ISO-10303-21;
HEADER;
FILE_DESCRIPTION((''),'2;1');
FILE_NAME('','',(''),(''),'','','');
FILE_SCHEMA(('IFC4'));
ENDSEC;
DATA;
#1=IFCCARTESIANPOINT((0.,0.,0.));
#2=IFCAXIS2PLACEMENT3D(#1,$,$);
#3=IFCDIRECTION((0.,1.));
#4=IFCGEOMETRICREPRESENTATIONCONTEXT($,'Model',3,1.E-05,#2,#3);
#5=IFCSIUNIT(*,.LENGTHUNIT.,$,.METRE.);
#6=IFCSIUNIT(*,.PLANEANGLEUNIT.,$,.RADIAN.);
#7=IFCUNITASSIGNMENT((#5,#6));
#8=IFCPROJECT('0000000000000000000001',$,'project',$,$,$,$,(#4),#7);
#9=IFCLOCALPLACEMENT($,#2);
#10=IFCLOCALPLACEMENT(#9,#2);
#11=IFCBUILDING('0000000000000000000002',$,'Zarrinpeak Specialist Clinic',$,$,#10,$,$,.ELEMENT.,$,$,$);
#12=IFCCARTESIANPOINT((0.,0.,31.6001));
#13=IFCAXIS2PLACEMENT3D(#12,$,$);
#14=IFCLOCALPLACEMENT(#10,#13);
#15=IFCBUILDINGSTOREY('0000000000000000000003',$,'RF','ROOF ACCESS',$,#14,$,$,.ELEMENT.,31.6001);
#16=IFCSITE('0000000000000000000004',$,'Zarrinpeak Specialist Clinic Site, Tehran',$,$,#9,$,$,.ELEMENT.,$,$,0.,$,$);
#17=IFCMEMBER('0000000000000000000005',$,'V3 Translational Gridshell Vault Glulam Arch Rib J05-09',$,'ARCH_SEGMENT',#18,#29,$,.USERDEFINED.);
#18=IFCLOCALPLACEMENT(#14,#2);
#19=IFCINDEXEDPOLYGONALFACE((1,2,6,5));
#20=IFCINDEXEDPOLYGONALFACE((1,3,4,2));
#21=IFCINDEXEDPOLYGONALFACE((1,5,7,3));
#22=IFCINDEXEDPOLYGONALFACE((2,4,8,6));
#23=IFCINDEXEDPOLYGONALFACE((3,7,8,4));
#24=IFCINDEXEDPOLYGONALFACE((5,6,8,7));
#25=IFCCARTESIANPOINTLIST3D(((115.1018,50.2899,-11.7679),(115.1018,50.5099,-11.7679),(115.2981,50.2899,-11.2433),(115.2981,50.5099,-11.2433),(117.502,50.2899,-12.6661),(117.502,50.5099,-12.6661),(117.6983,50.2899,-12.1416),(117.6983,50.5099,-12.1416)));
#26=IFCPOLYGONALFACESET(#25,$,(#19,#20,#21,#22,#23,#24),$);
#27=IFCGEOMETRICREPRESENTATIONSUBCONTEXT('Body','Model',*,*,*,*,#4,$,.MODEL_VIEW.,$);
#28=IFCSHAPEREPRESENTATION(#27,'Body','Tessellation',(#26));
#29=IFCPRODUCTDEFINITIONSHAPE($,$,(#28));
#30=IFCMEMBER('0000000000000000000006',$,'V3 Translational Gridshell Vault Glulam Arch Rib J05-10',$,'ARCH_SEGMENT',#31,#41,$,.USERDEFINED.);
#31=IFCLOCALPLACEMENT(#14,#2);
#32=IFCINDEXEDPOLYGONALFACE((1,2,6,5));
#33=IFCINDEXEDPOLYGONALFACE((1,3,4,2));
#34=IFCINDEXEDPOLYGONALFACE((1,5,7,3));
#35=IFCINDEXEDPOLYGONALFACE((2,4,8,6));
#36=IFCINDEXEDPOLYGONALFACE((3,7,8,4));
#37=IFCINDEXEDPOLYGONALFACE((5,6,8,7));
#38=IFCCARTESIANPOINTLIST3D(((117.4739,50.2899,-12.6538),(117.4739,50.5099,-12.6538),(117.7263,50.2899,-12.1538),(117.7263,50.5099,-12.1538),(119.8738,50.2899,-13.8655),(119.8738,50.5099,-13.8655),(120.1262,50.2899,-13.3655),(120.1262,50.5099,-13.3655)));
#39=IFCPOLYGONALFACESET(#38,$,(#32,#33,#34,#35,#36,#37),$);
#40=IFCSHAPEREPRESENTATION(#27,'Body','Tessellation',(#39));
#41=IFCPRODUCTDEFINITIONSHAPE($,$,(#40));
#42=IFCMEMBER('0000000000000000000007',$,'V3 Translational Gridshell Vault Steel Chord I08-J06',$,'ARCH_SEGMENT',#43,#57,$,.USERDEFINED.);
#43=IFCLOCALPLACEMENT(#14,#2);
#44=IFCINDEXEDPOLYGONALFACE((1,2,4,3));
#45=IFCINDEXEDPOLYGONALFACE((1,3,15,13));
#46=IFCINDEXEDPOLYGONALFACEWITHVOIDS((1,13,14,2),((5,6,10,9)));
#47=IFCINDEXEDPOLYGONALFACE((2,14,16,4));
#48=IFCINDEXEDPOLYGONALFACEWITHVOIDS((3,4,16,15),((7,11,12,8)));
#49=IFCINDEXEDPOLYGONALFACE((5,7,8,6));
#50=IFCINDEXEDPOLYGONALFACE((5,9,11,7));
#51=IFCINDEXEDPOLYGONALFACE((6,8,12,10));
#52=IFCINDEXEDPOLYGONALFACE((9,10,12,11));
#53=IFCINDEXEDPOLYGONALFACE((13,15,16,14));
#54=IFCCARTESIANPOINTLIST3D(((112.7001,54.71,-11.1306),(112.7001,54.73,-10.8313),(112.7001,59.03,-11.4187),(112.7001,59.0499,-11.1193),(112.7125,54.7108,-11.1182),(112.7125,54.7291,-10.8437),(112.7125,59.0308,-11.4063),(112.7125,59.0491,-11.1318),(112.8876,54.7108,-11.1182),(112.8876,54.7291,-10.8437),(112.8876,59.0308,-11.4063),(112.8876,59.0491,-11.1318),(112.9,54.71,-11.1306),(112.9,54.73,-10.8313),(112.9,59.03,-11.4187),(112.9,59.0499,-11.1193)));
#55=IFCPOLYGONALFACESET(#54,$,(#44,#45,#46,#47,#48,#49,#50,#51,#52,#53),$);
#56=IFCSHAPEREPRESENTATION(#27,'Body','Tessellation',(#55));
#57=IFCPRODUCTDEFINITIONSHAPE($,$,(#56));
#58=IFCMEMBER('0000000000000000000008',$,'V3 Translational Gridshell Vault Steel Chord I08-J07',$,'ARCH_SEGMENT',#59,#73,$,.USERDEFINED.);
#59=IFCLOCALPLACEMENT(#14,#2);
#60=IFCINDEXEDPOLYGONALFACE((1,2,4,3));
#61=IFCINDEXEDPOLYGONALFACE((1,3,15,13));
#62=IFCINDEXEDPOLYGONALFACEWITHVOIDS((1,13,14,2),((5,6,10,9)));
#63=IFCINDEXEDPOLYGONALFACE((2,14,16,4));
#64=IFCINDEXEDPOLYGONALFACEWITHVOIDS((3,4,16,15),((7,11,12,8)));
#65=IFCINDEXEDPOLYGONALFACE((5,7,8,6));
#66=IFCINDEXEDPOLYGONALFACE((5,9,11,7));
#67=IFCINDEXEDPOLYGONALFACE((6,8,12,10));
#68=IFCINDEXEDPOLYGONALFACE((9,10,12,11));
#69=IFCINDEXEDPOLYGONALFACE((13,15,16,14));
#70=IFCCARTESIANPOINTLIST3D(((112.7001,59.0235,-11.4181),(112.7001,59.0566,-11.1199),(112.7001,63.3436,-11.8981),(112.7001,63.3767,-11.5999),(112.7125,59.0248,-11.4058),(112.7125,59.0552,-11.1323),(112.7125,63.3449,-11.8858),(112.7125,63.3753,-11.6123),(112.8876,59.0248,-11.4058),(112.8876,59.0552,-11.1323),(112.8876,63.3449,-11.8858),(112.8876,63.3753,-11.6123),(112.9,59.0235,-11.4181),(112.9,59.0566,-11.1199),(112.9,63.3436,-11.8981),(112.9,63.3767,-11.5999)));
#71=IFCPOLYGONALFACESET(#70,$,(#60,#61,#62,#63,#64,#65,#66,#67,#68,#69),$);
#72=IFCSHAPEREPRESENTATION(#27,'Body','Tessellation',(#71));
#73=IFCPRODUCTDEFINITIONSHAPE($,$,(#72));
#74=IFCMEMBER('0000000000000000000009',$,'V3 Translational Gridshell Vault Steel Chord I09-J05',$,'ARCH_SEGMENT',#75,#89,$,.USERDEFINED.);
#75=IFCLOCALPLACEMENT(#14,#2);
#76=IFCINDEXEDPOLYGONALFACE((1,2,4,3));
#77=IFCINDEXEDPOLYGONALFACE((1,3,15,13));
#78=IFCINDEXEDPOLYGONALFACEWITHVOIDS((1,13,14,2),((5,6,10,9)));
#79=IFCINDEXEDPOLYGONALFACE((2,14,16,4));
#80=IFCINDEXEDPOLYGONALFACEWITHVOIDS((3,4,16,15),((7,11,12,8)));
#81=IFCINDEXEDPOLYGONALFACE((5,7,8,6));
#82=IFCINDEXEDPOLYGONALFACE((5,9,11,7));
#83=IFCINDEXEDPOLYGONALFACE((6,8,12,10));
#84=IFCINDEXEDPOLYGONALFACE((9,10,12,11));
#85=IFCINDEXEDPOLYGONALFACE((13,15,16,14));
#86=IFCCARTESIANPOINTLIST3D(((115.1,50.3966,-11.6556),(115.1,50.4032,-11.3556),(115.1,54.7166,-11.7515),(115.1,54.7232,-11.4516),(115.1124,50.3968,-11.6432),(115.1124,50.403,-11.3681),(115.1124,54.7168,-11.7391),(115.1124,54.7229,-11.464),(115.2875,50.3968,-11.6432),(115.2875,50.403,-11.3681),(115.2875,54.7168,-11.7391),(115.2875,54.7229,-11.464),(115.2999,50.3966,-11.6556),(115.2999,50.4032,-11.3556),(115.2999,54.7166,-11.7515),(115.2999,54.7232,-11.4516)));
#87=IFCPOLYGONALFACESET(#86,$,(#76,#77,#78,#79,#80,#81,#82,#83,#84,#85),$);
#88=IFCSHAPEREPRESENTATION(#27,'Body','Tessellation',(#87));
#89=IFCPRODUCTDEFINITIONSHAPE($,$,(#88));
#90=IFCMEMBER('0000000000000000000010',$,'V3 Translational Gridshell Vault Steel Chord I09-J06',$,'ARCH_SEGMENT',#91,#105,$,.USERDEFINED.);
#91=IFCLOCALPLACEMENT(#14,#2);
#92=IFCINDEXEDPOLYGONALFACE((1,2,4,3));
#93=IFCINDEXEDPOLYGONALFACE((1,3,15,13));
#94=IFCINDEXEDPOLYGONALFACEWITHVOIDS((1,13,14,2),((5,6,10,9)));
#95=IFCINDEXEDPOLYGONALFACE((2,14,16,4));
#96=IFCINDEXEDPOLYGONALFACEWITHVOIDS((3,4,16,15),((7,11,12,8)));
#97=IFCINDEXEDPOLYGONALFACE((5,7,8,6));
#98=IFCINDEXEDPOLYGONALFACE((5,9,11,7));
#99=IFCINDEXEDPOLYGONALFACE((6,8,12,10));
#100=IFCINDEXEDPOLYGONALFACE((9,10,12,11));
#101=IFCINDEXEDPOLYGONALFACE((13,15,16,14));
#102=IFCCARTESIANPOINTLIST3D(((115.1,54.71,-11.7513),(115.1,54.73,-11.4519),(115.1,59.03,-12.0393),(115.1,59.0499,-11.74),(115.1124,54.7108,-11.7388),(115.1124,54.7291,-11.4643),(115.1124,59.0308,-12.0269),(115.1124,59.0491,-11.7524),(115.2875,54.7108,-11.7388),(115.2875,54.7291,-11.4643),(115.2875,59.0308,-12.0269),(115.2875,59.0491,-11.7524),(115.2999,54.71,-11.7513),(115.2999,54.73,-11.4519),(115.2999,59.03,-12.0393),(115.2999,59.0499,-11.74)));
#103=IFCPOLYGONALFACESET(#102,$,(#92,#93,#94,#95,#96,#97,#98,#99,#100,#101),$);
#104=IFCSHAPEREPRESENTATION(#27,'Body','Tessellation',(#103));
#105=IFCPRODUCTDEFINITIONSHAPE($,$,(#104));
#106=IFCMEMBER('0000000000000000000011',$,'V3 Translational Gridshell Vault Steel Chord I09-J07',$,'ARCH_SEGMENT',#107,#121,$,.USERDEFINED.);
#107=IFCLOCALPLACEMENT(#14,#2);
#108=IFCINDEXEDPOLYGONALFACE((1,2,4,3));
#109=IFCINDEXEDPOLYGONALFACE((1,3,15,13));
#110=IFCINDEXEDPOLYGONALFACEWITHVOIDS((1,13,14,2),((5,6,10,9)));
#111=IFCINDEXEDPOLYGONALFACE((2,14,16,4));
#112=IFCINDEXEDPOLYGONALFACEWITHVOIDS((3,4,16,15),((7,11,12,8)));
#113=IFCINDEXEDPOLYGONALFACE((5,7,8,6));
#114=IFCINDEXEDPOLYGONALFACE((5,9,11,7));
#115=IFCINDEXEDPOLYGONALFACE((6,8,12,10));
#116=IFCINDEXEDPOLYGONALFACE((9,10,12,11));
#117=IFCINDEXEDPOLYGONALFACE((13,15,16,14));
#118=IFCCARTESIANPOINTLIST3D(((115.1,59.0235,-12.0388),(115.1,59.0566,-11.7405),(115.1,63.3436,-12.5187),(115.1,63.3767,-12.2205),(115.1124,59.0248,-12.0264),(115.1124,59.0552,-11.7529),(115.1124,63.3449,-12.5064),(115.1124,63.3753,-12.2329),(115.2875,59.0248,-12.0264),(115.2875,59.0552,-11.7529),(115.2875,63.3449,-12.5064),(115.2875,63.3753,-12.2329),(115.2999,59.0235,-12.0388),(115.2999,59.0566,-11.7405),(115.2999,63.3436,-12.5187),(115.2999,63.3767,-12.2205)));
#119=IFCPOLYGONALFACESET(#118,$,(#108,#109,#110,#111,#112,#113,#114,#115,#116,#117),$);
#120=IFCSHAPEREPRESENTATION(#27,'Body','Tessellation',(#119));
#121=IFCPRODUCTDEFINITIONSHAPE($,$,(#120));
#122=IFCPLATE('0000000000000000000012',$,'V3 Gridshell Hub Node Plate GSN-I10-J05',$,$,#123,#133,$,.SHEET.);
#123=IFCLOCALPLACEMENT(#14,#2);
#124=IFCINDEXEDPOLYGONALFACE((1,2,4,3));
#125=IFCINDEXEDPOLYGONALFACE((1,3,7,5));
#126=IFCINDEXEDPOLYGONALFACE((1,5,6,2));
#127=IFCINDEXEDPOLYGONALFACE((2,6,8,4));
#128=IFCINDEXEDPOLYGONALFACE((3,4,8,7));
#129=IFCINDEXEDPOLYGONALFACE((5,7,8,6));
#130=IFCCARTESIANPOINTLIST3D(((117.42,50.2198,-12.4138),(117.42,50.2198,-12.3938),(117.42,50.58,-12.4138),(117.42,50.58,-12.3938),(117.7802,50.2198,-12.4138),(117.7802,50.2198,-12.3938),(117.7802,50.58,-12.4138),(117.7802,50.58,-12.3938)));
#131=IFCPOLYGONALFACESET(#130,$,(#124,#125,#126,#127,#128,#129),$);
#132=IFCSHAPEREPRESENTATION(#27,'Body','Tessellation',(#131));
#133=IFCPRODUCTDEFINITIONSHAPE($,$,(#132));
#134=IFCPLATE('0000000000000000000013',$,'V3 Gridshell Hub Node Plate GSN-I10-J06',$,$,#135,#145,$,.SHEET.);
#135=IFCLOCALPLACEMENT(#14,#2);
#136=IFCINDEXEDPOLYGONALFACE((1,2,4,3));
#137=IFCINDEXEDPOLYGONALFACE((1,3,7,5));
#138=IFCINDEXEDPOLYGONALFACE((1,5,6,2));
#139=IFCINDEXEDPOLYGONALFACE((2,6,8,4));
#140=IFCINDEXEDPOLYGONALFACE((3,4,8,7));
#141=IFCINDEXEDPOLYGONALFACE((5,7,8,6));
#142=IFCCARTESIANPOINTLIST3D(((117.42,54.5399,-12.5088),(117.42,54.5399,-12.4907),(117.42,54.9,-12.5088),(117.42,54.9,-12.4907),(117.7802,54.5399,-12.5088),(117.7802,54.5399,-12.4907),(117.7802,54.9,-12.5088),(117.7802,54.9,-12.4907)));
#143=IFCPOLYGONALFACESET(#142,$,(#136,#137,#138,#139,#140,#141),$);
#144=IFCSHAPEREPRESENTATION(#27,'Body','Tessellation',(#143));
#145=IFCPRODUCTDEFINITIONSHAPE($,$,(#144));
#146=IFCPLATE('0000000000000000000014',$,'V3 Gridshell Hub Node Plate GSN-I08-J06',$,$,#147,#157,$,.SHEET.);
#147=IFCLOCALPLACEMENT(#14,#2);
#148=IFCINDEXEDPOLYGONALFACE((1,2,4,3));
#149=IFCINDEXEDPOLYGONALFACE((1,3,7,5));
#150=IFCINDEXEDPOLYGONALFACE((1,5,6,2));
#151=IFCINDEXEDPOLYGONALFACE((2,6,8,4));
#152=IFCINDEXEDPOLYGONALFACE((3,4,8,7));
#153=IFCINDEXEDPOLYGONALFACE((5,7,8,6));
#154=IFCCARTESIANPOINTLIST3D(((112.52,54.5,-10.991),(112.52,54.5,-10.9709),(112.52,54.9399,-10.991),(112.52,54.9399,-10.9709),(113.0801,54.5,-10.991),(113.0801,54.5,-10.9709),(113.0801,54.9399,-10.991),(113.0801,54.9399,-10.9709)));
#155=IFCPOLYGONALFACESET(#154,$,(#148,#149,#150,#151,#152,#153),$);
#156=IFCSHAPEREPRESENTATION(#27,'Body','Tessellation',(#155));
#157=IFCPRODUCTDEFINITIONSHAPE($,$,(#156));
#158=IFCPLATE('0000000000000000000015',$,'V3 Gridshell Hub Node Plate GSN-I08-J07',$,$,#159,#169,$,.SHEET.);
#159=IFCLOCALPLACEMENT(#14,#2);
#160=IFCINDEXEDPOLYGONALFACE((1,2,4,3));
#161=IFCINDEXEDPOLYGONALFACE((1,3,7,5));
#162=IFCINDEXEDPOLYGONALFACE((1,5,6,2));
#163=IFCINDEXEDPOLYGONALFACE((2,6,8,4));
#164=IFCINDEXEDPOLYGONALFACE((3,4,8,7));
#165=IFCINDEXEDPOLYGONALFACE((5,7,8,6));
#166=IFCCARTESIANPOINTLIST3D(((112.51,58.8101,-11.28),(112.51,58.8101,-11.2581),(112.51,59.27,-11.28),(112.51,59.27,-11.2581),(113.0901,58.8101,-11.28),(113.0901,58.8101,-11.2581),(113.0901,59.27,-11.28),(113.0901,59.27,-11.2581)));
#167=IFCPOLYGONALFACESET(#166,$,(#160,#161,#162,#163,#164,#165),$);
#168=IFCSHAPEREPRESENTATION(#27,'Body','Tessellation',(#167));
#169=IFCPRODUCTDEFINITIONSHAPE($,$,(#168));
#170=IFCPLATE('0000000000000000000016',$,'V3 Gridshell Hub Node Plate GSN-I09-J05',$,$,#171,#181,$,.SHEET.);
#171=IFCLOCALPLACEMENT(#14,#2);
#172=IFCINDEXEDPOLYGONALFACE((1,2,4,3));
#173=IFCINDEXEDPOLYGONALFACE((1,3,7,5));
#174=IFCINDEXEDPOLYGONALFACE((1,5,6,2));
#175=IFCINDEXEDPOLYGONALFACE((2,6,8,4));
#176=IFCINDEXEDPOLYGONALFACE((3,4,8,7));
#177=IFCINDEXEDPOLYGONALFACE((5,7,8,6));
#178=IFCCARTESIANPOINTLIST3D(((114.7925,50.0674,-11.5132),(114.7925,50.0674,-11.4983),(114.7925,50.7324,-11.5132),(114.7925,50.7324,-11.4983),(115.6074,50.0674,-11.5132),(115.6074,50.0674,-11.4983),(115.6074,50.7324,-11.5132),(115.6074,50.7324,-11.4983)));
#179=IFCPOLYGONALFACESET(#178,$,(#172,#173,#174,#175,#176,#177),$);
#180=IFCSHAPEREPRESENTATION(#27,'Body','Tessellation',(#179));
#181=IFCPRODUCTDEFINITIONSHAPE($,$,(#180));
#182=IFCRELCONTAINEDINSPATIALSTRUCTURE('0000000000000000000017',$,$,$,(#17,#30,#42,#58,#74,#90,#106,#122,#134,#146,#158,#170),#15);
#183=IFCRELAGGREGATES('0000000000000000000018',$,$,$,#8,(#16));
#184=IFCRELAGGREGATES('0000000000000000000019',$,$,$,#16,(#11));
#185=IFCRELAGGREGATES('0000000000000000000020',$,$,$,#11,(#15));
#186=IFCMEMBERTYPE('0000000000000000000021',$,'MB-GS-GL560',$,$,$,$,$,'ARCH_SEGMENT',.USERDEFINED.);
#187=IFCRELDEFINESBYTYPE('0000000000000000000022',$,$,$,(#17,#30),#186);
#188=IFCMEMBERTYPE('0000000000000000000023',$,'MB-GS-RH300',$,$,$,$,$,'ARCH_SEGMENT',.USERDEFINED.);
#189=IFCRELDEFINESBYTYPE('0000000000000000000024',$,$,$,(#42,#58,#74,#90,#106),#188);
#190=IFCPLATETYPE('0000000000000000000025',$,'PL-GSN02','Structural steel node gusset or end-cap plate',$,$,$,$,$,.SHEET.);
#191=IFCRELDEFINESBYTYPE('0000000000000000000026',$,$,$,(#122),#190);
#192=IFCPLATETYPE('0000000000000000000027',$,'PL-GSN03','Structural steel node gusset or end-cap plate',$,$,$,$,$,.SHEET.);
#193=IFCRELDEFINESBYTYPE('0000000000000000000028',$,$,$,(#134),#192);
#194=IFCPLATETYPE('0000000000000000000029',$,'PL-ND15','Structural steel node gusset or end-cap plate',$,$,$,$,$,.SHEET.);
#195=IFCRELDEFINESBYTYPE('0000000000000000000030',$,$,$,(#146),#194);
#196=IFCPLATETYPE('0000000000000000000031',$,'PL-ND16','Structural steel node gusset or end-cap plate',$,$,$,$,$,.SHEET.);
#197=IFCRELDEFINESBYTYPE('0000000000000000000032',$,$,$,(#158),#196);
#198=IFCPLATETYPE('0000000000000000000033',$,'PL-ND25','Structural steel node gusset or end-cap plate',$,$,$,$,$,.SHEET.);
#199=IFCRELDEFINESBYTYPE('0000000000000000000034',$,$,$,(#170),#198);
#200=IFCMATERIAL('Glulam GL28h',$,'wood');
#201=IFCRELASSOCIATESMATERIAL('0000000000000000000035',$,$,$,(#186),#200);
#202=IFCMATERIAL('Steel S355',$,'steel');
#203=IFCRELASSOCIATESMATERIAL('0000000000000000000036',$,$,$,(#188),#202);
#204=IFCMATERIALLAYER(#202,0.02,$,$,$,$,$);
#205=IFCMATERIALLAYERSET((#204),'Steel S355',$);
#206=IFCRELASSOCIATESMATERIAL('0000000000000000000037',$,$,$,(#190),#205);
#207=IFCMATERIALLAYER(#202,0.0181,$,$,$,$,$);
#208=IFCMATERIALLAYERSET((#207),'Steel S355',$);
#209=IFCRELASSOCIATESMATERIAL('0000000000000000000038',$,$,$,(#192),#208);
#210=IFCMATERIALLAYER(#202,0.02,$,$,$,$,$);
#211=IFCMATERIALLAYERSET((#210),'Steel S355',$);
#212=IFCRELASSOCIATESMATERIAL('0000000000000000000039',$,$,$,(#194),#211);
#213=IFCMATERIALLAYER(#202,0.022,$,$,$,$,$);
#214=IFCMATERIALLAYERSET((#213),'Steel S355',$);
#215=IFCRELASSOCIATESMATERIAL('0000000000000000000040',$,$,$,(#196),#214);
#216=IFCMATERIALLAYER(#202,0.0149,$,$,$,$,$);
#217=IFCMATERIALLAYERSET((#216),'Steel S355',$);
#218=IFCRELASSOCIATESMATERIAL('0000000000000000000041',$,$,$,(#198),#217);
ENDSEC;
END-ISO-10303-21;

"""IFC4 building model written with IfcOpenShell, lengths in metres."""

from ifc_helpers import new_model, si_unit, direction, frame, origin, origin_2d, place, context, subcontext, project, spatial, rectangle, hollow_rectangle, extrude, material, layer, layer_set, material_profile, profile_set, type_object, element, save


model = new_model("IFC4")

# Units and contexts
model_context = context("Model", 3, precision=1e-05, world=origin(), true_north=direction((0.0, 1.0)))
body_context = subcontext(model_context, "Body", "Model", "MODEL_VIEW")
ifc_project = project(units=[si_unit("LENGTHUNIT", "METRE"), si_unit("PLANEANGLEUNIT", "RADIAN")], contexts=[model_context])

# Site, building, storey
site_placement = place(None, origin())
site = spatial("IfcSite", under=ifc_project, at=site_placement, Name="Zarrinpeak Specialist Clinic Site, Tehran", CompositionType="ELEMENT", RefElevation=0.0)
building_placement = place(site_placement, origin())
building = spatial("IfcBuilding", under=site, at=building_placement, Name="Zarrinpeak Specialist Clinic", CompositionType="ELEMENT")
storey_placement = place(building_placement, frame((0.0, 0.0, 31.6001)))
storey = spatial("IfcBuildingStorey", under=building, at=storey_placement, Name="RF", Description="ROOF ACCESS", CompositionType="ELEMENT", Elevation=31.6001)

# Members
ifc_material_1 = material(Name="Steel S355", Category="steel")
ifc_material_2 = material(Name="Glulam GL28h", Category="wood")
ifc_material_profile_1 = material_profile(ifc_material_2, rectangle(XDim=0.22, YDim=0.5601, at=origin_2d()), Name="GL28h 220x560")
ifc_profile_set_1 = profile_set([ifc_material_profile_1], Name="Glulam GL28h")
member_type_1 = type_object("IfcMemberType", Name="MB-GS-GL560", ElementType="ARCH_SEGMENT", PredefinedType="USERDEFINED", material=ifc_profile_set_1)
member_1_placement = place(storey_placement, frame((115.2, 50.3999, -11.5056), z_axis=(0.936568, 0.0, -0.350487), x_axis=(0.0, 1.0, 0.0)))
element("IfcMember", 1, at=member_1_placement, inside=storey, type_object=member_type_1, Name="V3 Translational Gridshell Vault Glulam Arch Rib J05-09", ObjectType="ARCH_SEGMENT", PredefinedType="USERDEFINED", context=body_context, shape_type="SweptSolid", body=[
    extrude(rectangle(XDim=0.22, YDim=0.5601, at=origin_2d()), origin(), (0.0, 0.0, 1.0), 2.5627),
])
member_2_placement = place(storey_placement, frame((117.6001, 50.3999, -12.4038), z_axis=(0.892677, 0.0, -0.450697), x_axis=(0.0, 1.0, 0.0)))
element("IfcMember", 2, at=member_2_placement, inside=storey, type_object=member_type_1, Name="V3 Translational Gridshell Vault Glulam Arch Rib J05-10", ObjectType="ARCH_SEGMENT", PredefinedType="USERDEFINED", context=body_context, shape_type="SweptSolid", body=[
    extrude(rectangle(XDim=0.22, YDim=0.5601, at=origin_2d()), origin(), (0.0, 0.0, 1.0), 2.6885),
])
ifc_material_profile_2 = material_profile(ifc_material_1, hollow_rectangle(XDim=0.2, YDim=0.3, WallThickness=0.0125, at=origin_2d()), Name="RHS 300x200x12.5")
ifc_profile_set_2 = profile_set([ifc_material_profile_2], Name="Steel S355")
member_type_2 = type_object("IfcMemberType", Name="MB-GS-RH300", ElementType="ARCH_SEGMENT", PredefinedType="USERDEFINED", material=ifc_profile_set_2)
member_3_placement = place(storey_placement, frame((112.8, 54.72, -10.981), z_axis=(0.0, 0.997784, -0.066538), x_axis=(-1.0, 0.0, 0.0)))
element("IfcMember", 3, at=member_3_placement, inside=storey, type_object=member_type_2, Name="V3 Translational Gridshell Vault Steel Chord I08-J06", ObjectType="ARCH_SEGMENT", PredefinedType="USERDEFINED", context=body_context, shape_type="SweptSolid", body=[
    extrude(hollow_rectangle(XDim=0.2, YDim=0.3, WallThickness=0.0125, at=origin_2d()), origin(), (0.0, 0.0, 1.0), 4.3296),
])
member_4_placement = place(storey_placement, frame((112.8, 59.04, -11.269), z_axis=(0.0, 0.993884, -0.110425), x_axis=(-1.0, 0.0, 0.0)))
element("IfcMember", 4, at=member_4_placement, inside=storey, type_object=member_type_2, Name="V3 Translational Gridshell Vault Steel Chord I08-J07", ObjectType="ARCH_SEGMENT", PredefinedType="USERDEFINED", context=body_context, shape_type="SweptSolid", body=[
    extrude(hollow_rectangle(XDim=0.2, YDim=0.3, WallThickness=0.0125, at=origin_2d()), origin(), (0.0, 0.0, 1.0), 4.3467),
])
member_5_placement = place(storey_placement, frame((115.2, 50.3999, -11.5056), z_axis=(0.0, 0.999753, -0.022204), x_axis=(-1.0, 0.0, 0.0)))
element("IfcMember", 5, at=member_5_placement, inside=storey, type_object=member_type_2, Name="V3 Translational Gridshell Vault Steel Chord I09-J05", ObjectType="ARCH_SEGMENT", PredefinedType="USERDEFINED", context=body_context, shape_type="SweptSolid", body=[
    extrude(hollow_rectangle(XDim=0.2, YDim=0.3, WallThickness=0.0125, at=origin_2d()), origin(), (0.0, 0.0, 1.0), 4.321),
])
member_6_placement = place(storey_placement, frame((115.2, 54.72, -11.6016), z_axis=(0.0, 0.997784, -0.066538), x_axis=(-1.0, 0.0, 0.0)))
element("IfcMember", 6, at=member_6_placement, inside=storey, type_object=member_type_2, Name="V3 Translational Gridshell Vault Steel Chord I09-J06", ObjectType="ARCH_SEGMENT", PredefinedType="USERDEFINED", context=body_context, shape_type="SweptSolid", body=[
    extrude(hollow_rectangle(XDim=0.2, YDim=0.3, WallThickness=0.0125, at=origin_2d()), origin(), (0.0, 0.0, 1.0), 4.3296),
])
member_7_placement = place(storey_placement, frame((115.2, 59.04, -11.8896), z_axis=(0.0, 0.993884, -0.110425), x_axis=(-1.0, 0.0, 0.0)))
element("IfcMember", 7, at=member_7_placement, inside=storey, type_object=member_type_2, Name="V3 Translational Gridshell Vault Steel Chord I09-J07", ObjectType="ARCH_SEGMENT", PredefinedType="USERDEFINED", context=body_context, shape_type="SweptSolid", body=[
    extrude(hollow_rectangle(XDim=0.2, YDim=0.3, WallThickness=0.0125, at=origin_2d()), origin(), (0.0, 0.0, 1.0), 4.3467),
])

# Plates
ifc_layer_1 = layer(ifc_material_1, 0.02)
ifc_layer_set_1 = layer_set([ifc_layer_1], Name="Steel S355")
plate_type_1 = type_object("IfcPlateType", Name="PL-GSN02", Description="Structural steel node gusset or end-cap plate", PredefinedType="SHEET", material=ifc_layer_set_1)
plate_1_placement = place(storey_placement, frame((117.6001, 50.3999, -12.4138), z_axis=(0.0, 0.0, 1.0), x_axis=(1.0, 0.0, 0.0)))
element("IfcPlate", 8, at=plate_1_placement, inside=storey, type_object=plate_type_1, Name="V3 Gridshell Hub Node Plate GSN-I10-J05", PredefinedType="SHEET", context=body_context, shape_type="SweptSolid", body=[
    extrude(rectangle(XDim=0.3601, YDim=0.3601, at=origin_2d()), origin(), (0.0, 0.0, 1.0), 0.02),
])
ifc_layer_2 = layer(ifc_material_1, 0.0181)
ifc_layer_set_2 = layer_set([ifc_layer_2], Name="Steel S355")
plate_type_2 = type_object("IfcPlateType", Name="PL-GSN03", Description="Structural steel node gusset or end-cap plate", PredefinedType="SHEET", material=ifc_layer_set_2)
plate_2_placement = place(storey_placement, frame((117.6001, 54.72, -12.5088), z_axis=(0.0, 0.0, 1.0), x_axis=(1.0, 0.0, 0.0)))
element("IfcPlate", 9, at=plate_2_placement, inside=storey, type_object=plate_type_2, Name="V3 Gridshell Hub Node Plate GSN-I10-J06", PredefinedType="SHEET", context=body_context, shape_type="SweptSolid", body=[
    extrude(rectangle(XDim=0.3601, YDim=0.3601, at=origin_2d()), origin(), (0.0, 0.0, 1.0), 0.0181),
])
ifc_layer_3 = layer(ifc_material_1, 0.02)
ifc_layer_set_3 = layer_set([ifc_layer_3], Name="Steel S355")
plate_type_3 = type_object("IfcPlateType", Name="PL-ND15", Description="Structural steel node gusset or end-cap plate", PredefinedType="SHEET", material=ifc_layer_set_3)
plate_3_placement = place(storey_placement, frame((112.8, 54.72, -10.991), z_axis=(0.0, 0.0, 1.0), x_axis=(1.0, 0.0, 0.0)))
element("IfcPlate", 10, at=plate_3_placement, inside=storey, type_object=plate_type_3, Name="V3 Gridshell Hub Node Plate GSN-I08-J06", PredefinedType="SHEET", context=body_context, shape_type="SweptSolid", body=[
    extrude(rectangle(XDim=0.5601, YDim=0.4399, at=origin_2d()), origin(), (0.0, 0.0, 1.0), 0.02),
])
ifc_layer_4 = layer(ifc_material_1, 0.022)
ifc_layer_set_4 = layer_set([ifc_layer_4], Name="Steel S355")
plate_type_4 = type_object("IfcPlateType", Name="PL-ND16", Description="Structural steel node gusset or end-cap plate", PredefinedType="SHEET", material=ifc_layer_set_4)
plate_4_placement = place(storey_placement, frame((112.8, 59.04, -11.28), z_axis=(0.0, 0.0, 1.0), x_axis=(1.0, 0.0, 0.0)))
element("IfcPlate", 11, at=plate_4_placement, inside=storey, type_object=plate_type_4, Name="V3 Gridshell Hub Node Plate GSN-I08-J07", PredefinedType="SHEET", context=body_context, shape_type="SweptSolid", body=[
    extrude(rectangle(XDim=0.5801, YDim=0.46, at=origin_2d()), origin(), (0.0, 0.0, 1.0), 0.022),
])
ifc_layer_5 = layer(ifc_material_1, 0.0149)
ifc_layer_set_5 = layer_set([ifc_layer_5], Name="Steel S355")
plate_type_5 = type_object("IfcPlateType", Name="PL-ND25", Description="Structural steel node gusset or end-cap plate", PredefinedType="SHEET", material=ifc_layer_set_5)
plate_5_placement = place(storey_placement, frame((115.2, 50.3999, -11.5132), z_axis=(0.0, 0.0, 1.0), x_axis=(1.0, 0.0, 0.0)))
element("IfcPlate", 12, at=plate_5_placement, inside=storey, type_object=plate_type_5, Name="V3 Gridshell Hub Node Plate GSN-I09-J05", PredefinedType="SHEET", context=body_context, shape_type="SweptSolid", body=[
    extrude(rectangle(XDim=0.8149, YDim=0.665, at=origin_2d()), origin(), (0.0, 0.0, 1.0), 0.0149),
])

save(model, "model.ifc")
